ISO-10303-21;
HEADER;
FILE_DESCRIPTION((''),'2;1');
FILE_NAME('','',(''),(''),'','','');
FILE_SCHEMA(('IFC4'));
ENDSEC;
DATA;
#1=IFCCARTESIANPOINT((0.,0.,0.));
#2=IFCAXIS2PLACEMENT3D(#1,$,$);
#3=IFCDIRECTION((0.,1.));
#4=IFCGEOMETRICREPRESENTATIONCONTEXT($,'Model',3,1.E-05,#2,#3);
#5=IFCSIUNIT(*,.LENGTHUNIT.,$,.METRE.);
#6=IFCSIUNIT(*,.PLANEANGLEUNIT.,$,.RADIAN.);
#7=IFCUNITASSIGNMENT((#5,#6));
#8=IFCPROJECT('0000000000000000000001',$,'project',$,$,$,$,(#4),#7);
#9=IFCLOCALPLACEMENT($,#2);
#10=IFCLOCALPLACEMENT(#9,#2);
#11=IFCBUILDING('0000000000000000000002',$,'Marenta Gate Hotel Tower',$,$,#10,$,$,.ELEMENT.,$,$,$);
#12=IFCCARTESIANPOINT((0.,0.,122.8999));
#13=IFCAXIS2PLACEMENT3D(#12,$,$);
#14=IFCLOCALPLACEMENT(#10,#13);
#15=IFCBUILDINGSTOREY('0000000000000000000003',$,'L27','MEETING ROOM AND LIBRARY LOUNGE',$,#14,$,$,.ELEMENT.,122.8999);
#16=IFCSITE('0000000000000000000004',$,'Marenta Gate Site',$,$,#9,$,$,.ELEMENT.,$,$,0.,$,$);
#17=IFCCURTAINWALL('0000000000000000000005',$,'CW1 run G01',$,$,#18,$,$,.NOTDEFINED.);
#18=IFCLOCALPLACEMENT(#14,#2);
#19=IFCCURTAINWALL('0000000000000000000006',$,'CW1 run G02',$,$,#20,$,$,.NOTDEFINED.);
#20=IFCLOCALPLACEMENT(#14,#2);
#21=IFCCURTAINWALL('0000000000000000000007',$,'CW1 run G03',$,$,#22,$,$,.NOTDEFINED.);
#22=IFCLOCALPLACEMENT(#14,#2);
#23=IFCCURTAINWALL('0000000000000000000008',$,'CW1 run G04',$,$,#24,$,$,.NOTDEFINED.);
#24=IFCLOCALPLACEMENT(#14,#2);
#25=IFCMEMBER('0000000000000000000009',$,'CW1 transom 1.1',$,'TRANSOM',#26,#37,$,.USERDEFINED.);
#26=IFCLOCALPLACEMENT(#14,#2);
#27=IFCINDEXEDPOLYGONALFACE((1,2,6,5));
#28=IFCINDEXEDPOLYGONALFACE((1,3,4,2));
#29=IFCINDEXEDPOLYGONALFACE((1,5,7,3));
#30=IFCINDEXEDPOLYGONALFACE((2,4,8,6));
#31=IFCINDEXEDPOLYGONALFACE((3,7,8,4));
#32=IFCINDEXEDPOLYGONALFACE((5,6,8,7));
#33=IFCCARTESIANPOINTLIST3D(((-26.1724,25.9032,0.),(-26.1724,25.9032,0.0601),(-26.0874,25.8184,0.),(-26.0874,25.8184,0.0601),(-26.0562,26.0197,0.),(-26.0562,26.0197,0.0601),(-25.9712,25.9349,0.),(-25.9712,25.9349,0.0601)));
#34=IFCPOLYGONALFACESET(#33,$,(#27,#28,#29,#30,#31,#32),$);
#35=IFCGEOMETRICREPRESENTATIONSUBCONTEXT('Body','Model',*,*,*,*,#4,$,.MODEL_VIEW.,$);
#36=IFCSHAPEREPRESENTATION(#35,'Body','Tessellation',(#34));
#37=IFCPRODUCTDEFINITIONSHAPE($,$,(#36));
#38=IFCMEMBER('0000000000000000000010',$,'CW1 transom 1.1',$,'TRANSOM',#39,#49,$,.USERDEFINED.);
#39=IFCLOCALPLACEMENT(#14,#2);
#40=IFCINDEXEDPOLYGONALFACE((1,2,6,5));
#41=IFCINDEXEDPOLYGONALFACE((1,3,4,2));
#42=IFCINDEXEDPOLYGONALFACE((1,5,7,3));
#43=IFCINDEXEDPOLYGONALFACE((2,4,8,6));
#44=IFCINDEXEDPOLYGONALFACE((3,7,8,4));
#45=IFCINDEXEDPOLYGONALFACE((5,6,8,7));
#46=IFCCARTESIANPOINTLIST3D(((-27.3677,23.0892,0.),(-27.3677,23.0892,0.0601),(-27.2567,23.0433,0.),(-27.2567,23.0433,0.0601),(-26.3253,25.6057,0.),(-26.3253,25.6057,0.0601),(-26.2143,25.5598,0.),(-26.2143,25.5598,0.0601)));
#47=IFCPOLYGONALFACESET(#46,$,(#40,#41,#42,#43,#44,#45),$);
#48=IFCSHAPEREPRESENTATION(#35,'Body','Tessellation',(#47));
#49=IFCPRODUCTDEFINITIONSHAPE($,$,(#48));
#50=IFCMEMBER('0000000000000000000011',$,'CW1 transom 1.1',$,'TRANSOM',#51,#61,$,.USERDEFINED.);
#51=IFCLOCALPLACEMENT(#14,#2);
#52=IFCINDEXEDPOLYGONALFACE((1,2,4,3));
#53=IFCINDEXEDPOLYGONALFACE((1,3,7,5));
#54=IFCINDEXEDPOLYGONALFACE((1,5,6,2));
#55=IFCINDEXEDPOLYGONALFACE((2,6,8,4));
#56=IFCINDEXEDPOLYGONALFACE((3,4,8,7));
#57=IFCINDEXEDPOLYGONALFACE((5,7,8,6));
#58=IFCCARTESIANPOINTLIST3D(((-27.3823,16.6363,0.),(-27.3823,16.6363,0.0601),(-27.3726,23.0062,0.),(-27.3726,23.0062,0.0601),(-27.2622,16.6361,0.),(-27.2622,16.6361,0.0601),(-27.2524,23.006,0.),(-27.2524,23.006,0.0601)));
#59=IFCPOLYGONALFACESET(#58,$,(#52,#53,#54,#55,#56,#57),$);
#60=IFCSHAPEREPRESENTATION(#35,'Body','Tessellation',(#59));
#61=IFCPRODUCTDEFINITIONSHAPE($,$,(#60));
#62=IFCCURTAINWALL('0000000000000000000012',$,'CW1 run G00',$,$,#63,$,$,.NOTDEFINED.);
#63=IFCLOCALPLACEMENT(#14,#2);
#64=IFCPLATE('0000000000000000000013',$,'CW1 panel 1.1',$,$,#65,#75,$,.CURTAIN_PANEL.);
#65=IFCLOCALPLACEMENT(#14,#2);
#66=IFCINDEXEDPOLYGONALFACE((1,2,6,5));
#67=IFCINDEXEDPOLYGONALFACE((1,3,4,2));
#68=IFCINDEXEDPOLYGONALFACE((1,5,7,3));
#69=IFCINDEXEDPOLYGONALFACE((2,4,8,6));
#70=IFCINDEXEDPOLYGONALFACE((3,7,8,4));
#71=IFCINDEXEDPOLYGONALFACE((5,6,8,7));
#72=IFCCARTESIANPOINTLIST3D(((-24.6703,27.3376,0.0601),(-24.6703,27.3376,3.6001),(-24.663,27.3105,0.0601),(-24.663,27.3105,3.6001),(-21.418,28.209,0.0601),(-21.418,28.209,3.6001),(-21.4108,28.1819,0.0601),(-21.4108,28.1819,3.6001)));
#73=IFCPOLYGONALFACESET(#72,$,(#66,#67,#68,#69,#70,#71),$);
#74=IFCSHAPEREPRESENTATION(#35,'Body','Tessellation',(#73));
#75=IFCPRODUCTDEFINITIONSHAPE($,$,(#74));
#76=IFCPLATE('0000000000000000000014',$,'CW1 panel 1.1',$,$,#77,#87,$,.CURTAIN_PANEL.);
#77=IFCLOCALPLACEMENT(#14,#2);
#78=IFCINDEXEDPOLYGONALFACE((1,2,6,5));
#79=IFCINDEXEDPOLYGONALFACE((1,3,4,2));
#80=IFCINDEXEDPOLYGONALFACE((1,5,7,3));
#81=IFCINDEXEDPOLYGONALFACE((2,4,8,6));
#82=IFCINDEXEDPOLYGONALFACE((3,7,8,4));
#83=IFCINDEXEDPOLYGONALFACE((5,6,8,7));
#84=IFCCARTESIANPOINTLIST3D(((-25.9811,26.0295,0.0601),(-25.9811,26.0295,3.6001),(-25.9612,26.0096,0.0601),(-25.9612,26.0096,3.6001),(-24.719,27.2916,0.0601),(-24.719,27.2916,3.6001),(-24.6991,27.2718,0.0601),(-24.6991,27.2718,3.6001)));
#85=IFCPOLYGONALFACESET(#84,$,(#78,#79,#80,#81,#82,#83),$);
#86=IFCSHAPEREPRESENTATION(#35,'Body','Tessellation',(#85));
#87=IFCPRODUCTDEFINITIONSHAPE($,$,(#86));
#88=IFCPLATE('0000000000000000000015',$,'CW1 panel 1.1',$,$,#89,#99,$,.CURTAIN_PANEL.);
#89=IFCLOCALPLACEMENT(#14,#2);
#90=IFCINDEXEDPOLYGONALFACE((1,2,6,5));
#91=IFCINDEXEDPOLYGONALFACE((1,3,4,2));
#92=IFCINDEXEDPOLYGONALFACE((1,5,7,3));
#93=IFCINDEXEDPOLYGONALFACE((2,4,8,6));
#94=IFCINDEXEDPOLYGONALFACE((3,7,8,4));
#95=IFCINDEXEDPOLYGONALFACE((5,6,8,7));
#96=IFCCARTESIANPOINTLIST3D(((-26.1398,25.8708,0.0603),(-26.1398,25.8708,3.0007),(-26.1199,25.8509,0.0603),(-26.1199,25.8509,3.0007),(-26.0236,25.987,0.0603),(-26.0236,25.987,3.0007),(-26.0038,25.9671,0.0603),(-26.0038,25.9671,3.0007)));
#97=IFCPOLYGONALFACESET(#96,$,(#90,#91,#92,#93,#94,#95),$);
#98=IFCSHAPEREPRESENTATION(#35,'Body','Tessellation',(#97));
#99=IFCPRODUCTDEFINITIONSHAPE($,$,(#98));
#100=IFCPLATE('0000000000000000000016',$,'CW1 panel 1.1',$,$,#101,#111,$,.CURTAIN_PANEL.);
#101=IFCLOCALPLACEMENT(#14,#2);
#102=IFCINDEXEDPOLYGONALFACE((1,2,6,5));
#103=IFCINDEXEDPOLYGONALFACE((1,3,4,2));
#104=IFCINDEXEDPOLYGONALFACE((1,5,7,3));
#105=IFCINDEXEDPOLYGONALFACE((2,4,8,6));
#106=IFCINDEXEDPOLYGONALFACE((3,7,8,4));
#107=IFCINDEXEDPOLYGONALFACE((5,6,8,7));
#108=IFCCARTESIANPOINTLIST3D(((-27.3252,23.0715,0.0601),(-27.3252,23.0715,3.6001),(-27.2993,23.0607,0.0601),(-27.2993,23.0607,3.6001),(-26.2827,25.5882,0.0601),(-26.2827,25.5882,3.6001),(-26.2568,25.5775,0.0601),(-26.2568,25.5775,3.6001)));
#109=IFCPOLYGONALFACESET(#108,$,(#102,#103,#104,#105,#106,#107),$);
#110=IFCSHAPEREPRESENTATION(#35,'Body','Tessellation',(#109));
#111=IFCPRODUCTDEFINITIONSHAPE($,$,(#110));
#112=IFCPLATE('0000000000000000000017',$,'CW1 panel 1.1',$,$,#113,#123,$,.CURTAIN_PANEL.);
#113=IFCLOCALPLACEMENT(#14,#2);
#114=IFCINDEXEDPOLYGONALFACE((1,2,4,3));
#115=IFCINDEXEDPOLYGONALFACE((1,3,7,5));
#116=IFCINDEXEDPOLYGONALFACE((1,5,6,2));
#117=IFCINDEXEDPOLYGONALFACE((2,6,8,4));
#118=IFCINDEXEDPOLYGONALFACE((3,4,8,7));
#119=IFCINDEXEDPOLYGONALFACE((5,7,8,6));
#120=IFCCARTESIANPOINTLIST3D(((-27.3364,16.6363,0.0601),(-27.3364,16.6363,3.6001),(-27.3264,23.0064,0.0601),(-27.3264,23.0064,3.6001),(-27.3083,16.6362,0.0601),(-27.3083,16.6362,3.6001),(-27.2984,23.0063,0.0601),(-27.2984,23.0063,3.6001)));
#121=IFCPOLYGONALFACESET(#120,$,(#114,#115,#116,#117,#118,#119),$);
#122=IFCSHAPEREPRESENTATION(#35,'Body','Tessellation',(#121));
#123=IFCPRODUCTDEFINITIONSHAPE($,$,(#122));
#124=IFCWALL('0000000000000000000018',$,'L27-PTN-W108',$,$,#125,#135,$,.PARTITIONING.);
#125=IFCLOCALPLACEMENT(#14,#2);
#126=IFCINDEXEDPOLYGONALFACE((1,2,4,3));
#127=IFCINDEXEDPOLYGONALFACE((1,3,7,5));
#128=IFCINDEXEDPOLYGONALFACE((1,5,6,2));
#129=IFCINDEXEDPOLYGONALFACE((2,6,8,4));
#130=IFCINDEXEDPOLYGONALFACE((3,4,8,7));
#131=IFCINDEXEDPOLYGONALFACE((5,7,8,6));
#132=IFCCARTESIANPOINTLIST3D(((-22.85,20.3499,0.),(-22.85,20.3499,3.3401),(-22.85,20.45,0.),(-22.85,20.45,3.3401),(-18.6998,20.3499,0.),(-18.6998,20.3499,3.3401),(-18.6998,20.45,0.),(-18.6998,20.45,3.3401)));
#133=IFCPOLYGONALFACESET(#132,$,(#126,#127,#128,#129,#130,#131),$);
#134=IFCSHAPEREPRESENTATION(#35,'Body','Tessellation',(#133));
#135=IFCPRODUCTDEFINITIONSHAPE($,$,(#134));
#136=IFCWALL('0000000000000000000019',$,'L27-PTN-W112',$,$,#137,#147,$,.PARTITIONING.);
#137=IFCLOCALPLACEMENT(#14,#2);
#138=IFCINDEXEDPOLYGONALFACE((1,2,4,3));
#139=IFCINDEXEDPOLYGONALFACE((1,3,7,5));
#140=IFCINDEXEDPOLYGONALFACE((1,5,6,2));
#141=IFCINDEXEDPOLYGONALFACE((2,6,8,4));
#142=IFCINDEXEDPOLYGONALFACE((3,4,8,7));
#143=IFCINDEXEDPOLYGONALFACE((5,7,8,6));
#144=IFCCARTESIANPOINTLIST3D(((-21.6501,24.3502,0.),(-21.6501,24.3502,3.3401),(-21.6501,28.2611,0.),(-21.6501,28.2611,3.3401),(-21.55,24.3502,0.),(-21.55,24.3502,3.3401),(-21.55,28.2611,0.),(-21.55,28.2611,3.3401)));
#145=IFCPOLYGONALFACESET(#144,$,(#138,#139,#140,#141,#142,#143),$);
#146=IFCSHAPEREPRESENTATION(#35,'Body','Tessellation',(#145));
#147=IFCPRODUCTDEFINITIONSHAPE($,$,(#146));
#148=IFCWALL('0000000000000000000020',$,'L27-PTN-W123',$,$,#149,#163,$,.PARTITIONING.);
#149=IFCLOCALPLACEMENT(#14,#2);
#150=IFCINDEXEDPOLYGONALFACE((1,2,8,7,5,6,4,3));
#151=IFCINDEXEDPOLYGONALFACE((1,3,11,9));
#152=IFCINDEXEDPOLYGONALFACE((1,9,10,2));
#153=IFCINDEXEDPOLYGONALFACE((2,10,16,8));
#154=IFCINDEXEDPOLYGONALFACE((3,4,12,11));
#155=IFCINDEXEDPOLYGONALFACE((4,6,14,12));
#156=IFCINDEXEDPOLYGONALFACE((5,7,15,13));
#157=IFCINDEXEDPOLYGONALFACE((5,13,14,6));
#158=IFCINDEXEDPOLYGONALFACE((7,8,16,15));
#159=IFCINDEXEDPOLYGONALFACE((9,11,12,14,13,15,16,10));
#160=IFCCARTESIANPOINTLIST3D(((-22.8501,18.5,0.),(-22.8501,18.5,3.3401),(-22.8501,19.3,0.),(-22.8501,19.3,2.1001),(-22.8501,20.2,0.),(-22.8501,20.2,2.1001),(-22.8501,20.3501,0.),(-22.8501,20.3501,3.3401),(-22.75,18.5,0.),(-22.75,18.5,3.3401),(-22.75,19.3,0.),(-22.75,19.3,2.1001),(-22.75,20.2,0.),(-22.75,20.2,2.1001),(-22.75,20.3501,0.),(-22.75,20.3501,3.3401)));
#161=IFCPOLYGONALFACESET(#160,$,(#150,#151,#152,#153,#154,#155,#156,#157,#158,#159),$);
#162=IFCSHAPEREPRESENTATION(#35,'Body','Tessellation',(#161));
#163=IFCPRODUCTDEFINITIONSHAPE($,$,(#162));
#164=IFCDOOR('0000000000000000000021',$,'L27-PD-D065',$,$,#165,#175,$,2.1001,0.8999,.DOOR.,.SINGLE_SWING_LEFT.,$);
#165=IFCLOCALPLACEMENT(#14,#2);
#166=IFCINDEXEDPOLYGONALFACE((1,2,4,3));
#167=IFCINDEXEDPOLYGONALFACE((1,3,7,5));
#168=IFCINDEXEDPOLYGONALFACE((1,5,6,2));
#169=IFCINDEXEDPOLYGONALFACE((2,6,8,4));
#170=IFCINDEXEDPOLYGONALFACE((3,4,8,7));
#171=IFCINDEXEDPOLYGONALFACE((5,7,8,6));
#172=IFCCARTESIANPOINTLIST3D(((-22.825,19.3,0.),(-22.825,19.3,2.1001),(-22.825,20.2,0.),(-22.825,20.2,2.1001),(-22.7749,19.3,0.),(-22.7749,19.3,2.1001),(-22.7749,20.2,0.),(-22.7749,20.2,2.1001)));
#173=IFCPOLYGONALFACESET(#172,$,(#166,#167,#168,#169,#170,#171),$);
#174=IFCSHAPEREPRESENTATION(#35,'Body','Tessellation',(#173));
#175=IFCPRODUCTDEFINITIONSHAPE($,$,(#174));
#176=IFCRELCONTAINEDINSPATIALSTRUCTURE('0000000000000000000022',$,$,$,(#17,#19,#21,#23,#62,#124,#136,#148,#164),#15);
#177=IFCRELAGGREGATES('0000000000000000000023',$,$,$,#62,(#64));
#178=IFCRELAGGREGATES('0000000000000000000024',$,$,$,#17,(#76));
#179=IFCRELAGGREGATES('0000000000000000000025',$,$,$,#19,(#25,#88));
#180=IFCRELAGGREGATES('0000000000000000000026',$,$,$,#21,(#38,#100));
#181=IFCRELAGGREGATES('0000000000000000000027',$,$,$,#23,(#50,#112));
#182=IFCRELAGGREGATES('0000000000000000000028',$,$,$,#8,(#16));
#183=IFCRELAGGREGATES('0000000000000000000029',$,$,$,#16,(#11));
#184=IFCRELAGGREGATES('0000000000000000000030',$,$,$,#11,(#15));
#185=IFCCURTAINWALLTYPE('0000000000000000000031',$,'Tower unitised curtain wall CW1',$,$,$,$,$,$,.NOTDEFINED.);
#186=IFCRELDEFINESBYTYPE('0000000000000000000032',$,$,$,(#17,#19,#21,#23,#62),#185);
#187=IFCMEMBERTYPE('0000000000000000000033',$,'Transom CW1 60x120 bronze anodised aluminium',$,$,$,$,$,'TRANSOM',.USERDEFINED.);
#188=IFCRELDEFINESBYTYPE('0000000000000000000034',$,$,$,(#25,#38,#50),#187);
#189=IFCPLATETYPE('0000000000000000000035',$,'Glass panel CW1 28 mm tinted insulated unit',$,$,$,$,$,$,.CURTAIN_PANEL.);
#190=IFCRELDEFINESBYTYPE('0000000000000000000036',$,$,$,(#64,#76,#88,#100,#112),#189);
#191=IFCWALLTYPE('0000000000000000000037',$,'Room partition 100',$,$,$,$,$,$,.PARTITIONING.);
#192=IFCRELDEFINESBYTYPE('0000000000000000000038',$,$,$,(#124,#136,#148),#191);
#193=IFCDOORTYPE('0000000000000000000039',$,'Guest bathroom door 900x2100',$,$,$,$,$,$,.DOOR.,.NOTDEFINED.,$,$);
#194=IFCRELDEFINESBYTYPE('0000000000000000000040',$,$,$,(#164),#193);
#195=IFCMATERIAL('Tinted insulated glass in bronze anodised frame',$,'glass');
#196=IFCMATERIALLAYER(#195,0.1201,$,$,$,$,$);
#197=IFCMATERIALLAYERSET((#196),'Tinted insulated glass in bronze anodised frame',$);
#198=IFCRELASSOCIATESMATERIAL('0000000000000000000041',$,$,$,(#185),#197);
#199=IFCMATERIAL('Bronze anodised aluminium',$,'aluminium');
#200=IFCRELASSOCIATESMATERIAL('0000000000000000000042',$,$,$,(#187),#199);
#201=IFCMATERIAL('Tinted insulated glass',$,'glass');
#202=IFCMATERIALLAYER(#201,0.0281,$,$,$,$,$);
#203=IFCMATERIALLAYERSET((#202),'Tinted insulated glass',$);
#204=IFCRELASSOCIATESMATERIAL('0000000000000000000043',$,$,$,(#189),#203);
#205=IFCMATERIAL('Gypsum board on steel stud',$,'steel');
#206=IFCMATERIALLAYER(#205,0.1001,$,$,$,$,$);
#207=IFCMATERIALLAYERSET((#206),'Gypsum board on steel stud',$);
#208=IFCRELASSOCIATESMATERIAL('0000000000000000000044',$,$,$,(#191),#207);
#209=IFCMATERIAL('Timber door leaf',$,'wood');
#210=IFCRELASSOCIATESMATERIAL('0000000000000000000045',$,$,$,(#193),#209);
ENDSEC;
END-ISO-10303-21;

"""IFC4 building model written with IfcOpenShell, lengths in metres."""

from ifc_helpers import new_model, si_unit, direction, frame, frame_2d, origin, origin_2d, place, context, subcontext, project, spatial, rectangle, extrude, material, layer, layer_set, material_profile, profile_set, type_object, element, fill, aggregate, save


model = new_model("IFC4")

# Units and contexts
model_context = context("Model", 3, precision=1e-05, world=origin(), true_north=direction((0.0, 1.0)))
body_context = subcontext(model_context, "Body", "Model", "MODEL_VIEW")
ifc_project = project(units=[si_unit("LENGTHUNIT", "METRE"), si_unit("PLANEANGLEUNIT", "RADIAN")], contexts=[model_context])

# Site, building, storey
site_placement = place(None, origin())
site = spatial("IfcSite", under=ifc_project, at=site_placement, Name="Marenta Gate Site", CompositionType="ELEMENT", RefElevation=0.0)
building_placement = place(site_placement, origin())
building = spatial("IfcBuilding", under=site, at=building_placement, Name="Marenta Gate Hotel Tower", CompositionType="ELEMENT")
storey_placement = place(building_placement, frame((0.0, 0.0, 122.8999)))
storey = spatial("IfcBuildingStorey", under=building, at=storey_placement, Name="L27", Description="MEETING ROOM AND LIBRARY LOUNGE", CompositionType="ELEMENT", Elevation=122.8999)

# Curtain wall
ifc_material_1 = material(Name="Tinted insulated glass in bronze anodised frame", Category="glass")
ifc_layer_1 = layer(ifc_material_1, 0.1201)
ifc_layer_set_1 = layer_set([ifc_layer_1], Name="Tinted insulated glass in bronze anodised frame")
curtain_wall_type = type_object("IfcCurtainWallType", Name="Tower unitised curtain wall CW1", PredefinedType="NOTDEFINED", material=ifc_layer_set_1)
curtain_wall_1_placement = place(storey_placement, origin())
curtain_wall_1 = element("IfcCurtainWall", 1, at=curtain_wall_1_placement, inside=storey, type_object=curtain_wall_type, Name="CW1 run G01", PredefinedType="NOTDEFINED")

# Curtain wall
curtain_wall_2_placement = place(storey_placement, origin())
curtain_wall_2 = element("IfcCurtainWall", 2, at=curtain_wall_2_placement, inside=storey, type_object=curtain_wall_type, Name="CW1 run G02", PredefinedType="NOTDEFINED")

# Curtain wall
curtain_wall_3_placement = place(storey_placement, origin())
curtain_wall_3 = element("IfcCurtainWall", 3, at=curtain_wall_3_placement, inside=storey, type_object=curtain_wall_type, Name="CW1 run G03", PredefinedType="NOTDEFINED")

# Curtain wall
curtain_wall_4_placement = place(storey_placement, origin())
curtain_wall_4 = element("IfcCurtainWall", 4, at=curtain_wall_4_placement, inside=storey, type_object=curtain_wall_type, Name="CW1 run G04", PredefinedType="NOTDEFINED")

# Members
ifc_material_2 = material(Name="Bronze anodised aluminium", Category="aluminium")
ifc_material_profile_1 = material_profile(ifc_material_2, rectangle(XDim=0.1201, YDim=0.0601, at=origin_2d()), Name="Transom CW1 60x120 bronze anodised aluminium")
ifc_profile_set_1 = profile_set([ifc_material_profile_1], Name="Bronze anodised aluminium")
member_type_1 = type_object("IfcMemberType", Name="Transom CW1 60x120 bronze anodised aluminium", ElementType="TRANSOM", PredefinedType="USERDEFINED", material=ifc_profile_set_1)
member_1_placement = place(storey_placement, frame((-26.0137, 25.9773, 0.03), z_axis=(-0.706364, -0.707848, 0.0), x_axis=(0.707848, -0.706364, 0.0)))
member_1 = element("IfcMember", 5, at=member_1_placement, type_object=member_type_1, Name="CW1 transom 1.1", ObjectType="TRANSOM", PredefinedType="USERDEFINED", context=body_context, shape_type="SweptSolid", body=[
    extrude(rectangle(XDim=0.1201, YDim=0.0601, at=origin_2d()), origin(), (0.0, 0.0, 1.0), 0.1646),
])
member_2_placement = place(storey_placement, frame((-26.2698, 25.5828, 0.03), z_axis=(-0.382705, -0.92387, 0.0), x_axis=(0.92387, -0.382705, 0.0)))
member_2 = element("IfcMember", 6, at=member_2_placement, type_object=member_type_1, Name="CW1 transom 1.1", ObjectType="TRANSOM", PredefinedType="USERDEFINED", context=body_context, shape_type="SweptSolid", body=[
    extrude(rectangle(XDim=0.1201, YDim=0.0601, at=origin_2d()), origin(), (0.0, 0.0, 1.0), 2.7239),
])
member_3_placement = place(storey_placement, frame((-27.3125, 23.0061, 0.03), z_axis=(-0.001533, -0.999999, 0.0), x_axis=(0.999999, -0.001533, 0.0)))
member_3 = element("IfcMember", 7, at=member_3_placement, type_object=member_type_1, Name="CW1 transom 1.1", ObjectType="TRANSOM", PredefinedType="USERDEFINED", context=body_context, shape_type="SweptSolid", body=[
    extrude(rectangle(XDim=0.1201, YDim=0.0601, at=origin_2d()), origin(), (0.0, 0.0, 1.0), 6.3699),
])

# Curtain wall, plate
curtain_wall_5_placement = place(storey_placement, origin())
curtain_wall_5 = element("IfcCurtainWall", 8, at=curtain_wall_5_placement, inside=storey, type_object=curtain_wall_type, Name="CW1 run G00", PredefinedType="NOTDEFINED")
ifc_material_3 = material(Name="Tinted insulated glass", Category="glass")
ifc_layer_2 = layer(ifc_material_3, 0.0281)
ifc_layer_set_2 = layer_set([ifc_layer_2], Name="Tinted insulated glass")
plate_type = type_object("IfcPlateType", Name="Glass panel CW1 28 mm tinted insulated unit", PredefinedType="CURTAIN_PANEL", material=ifc_layer_set_2)
plate_1_placement = place(storey_placement, frame((-23.0405, 27.7598, 0.0601), z_axis=(0.0, 0.0, 1.0), x_axis=(-0.965931, -0.258801, 0.0)))
plate_1 = element("IfcPlate", 9, at=plate_1_placement, type_object=plate_type, Name="CW1 panel 1.1", PredefinedType="CURTAIN_PANEL", context=body_context, shape_type="SweptSolid", body=[
    extrude(rectangle(XDim=3.3669, YDim=0.0281, at=origin_2d()), origin(), (0.0, 0.0, 1.0), 3.54),
])
aggregate(curtain_wall_5, [plate_1])

# Plates
plate_2_placement = place(storey_placement, frame((-25.3401, 26.6506, 0.0601), z_axis=(0.0, 0.0, 1.0), x_axis=(-0.707107, -0.707107, 0.0)))
plate_2 = element("IfcPlate", 10, at=plate_2_placement, type_object=plate_type, Name="CW1 panel 1.1", PredefinedType="CURTAIN_PANEL", context=body_context, shape_type="SweptSolid", body=[
    extrude(rectangle(XDim=1.7849, YDim=0.0281, at=origin_2d()), origin(), (0.0, 0.0, 1.0), 3.54),
])
aggregate(curtain_wall_1, [plate_2])
plate_3_placement = place(storey_placement, frame((-26.0718, 25.9189, 0.0603), z_axis=(0.0, 0.0, 1.0), x_axis=(-0.707107, -0.707107, 0.0)))
plate_3 = element("IfcPlate", 11, at=plate_3_placement, type_object=plate_type, Name="CW1 panel 1.1", PredefinedType="CURTAIN_PANEL", context=body_context, shape_type="SweptSolid", body=[
    extrude(rectangle(XDim=0.1643, YDim=0.0281, at=origin_2d()), origin(), (0.0, 0.0, 1.0), 2.9404),
])
aggregate(curtain_wall_2, [member_1, plate_3])
plate_4_placement = place(storey_placement, frame((-26.791, 24.3245, 0.0601), z_axis=(0.0, 0.0, 1.0), x_axis=(-0.382684, -0.923879, 0.0)))
plate_4 = element("IfcPlate", 12, at=plate_4_placement, type_object=plate_type, Name="CW1 panel 1.1", PredefinedType="CURTAIN_PANEL", context=body_context, shape_type="SweptSolid", body=[
    extrude(rectangle(XDim=2.7241, YDim=0.0281, at=origin_2d()), origin(), (0.0, 0.0, 1.0), 3.54),
])
aggregate(curtain_wall_3, [member_2, plate_4])
plate_5_placement = place(storey_placement, frame((-27.3174, 19.8213, 0.0601), z_axis=(0.0, 0.0, 1.0), x_axis=(-0.001566, -0.999999, 0.0)))
plate_5 = element("IfcPlate", 13, at=plate_5_placement, type_object=plate_type, Name="CW1 panel 1.1", PredefinedType="CURTAIN_PANEL", context=body_context, shape_type="SweptSolid", body=[
    extrude(rectangle(XDim=6.3701, YDim=0.0281, at=origin_2d()), origin(), (0.0, 0.0, 1.0), 3.54),
])
aggregate(curtain_wall_4, [member_3, plate_5])

# Walls
ifc_material_4 = material(Name="Gypsum board on steel stud", Category="steel")
ifc_layer_3 = layer(ifc_material_4, 0.1001)
ifc_layer_set_3 = layer_set([ifc_layer_3], Name="Gypsum board on steel stud")
wall_type_1 = type_object("IfcWallType", Name="Room partition 100", PredefinedType="PARTITIONING", material=ifc_layer_set_3)
wall_1_placement = place(storey_placement, frame((-22.8501, 20.3999, 0.0), z_axis=(0.0, 0.0, 1.0), x_axis=(1.0, 0.0, 0.0)))
element("IfcWall", 14, at=wall_1_placement, inside=storey, type_object=wall_type_1, Name="L27-PTN-W108", PredefinedType="PARTITIONING", context=body_context, shape_type="SweptSolid", body=[
    extrude(rectangle(XDim=4.1501, YDim=0.1001, at=frame_2d((2.0752, 0.0))), origin(), (0.0, 0.0, 1.0), 3.3401),
])
wall_2_placement = place(storey_placement, frame((-21.6001, 24.3501, 0.0), z_axis=(0.0, 0.0, 1.0), x_axis=(0.0, 1.0, 0.0)))
element("IfcWall", 15, at=wall_2_placement, inside=storey, type_object=wall_type_1, Name="L27-PTN-W112", PredefinedType="PARTITIONING", context=body_context, shape_type="SweptSolid", body=[
    extrude(rectangle(XDim=3.9109, YDim=0.1001, at=frame_2d((1.9556, 0.0))), origin(), (0.0, 0.0, 1.0), 3.3401),
])

# Wall, opening, door
wall_3_placement = place(storey_placement, frame((-22.8, 18.5, 0.0), z_axis=(0.0, 0.0, 1.0), x_axis=(0.0, 1.0, 0.0)))
wall_3 = element("IfcWall", 16, at=wall_3_placement, inside=storey, type_object=wall_type_1, Name="L27-PTN-W123", PredefinedType="PARTITIONING", context=body_context, shape_type="SweptSolid", body=[
    extrude(rectangle(XDim=1.8501, YDim=0.1001, at=frame_2d((0.925, 0.0))), origin(), (0.0, 0.0, 1.0), 3.3401),
])
opening_1_placement = place(wall_3_placement, frame((0.8, 0.0, 0.0)))
opening_1 = element("IfcOpeningElement", 17, at=opening_1_placement, cuts=wall_3, PredefinedType="OPENING", context=body_context, shape_type="SweptSolid", body=[
    extrude(rectangle(XDim=0.8999, YDim=2.1001, at=frame_2d((0.45, 1.05))), frame((0.0, 0.05, 0.0), z_axis=(0.0, -1.0, 0.0), x_axis=(1.0, 0.0, 0.0)), (0.0, 0.0, 1.0), 0.1001),
])
ifc_material_5 = material(Name="Timber door leaf", Category="wood")
door_type_1 = type_object("IfcDoorType", Name="Guest bathroom door 900x2100", OperationType="NOTDEFINED", PredefinedType="DOOR", material=ifc_material_5)
door_1_placement = place(opening_1_placement, origin())
door_1 = element("IfcDoor", 18, at=door_1_placement, inside=storey, type_object=door_type_1, Name="L27-PD-D065", OperationType="SINGLE_SWING_LEFT", OverallHeight=2.1001, OverallWidth=0.8999, PredefinedType="DOOR", context=body_context, shape_type="SweptSolid", body=[
    extrude(rectangle(XDim=0.8999, YDim=2.1001, at=frame_2d((0.45, 1.05))), frame((0.0, 0.0249, 0.0), z_axis=(0.0, -1.0, 0.0), x_axis=(1.0, 0.0, 0.0)), (0.0, 0.0, 1.0), 0.05),
])
fill(opening_1, door_1)

save(model, "model.ifc")
